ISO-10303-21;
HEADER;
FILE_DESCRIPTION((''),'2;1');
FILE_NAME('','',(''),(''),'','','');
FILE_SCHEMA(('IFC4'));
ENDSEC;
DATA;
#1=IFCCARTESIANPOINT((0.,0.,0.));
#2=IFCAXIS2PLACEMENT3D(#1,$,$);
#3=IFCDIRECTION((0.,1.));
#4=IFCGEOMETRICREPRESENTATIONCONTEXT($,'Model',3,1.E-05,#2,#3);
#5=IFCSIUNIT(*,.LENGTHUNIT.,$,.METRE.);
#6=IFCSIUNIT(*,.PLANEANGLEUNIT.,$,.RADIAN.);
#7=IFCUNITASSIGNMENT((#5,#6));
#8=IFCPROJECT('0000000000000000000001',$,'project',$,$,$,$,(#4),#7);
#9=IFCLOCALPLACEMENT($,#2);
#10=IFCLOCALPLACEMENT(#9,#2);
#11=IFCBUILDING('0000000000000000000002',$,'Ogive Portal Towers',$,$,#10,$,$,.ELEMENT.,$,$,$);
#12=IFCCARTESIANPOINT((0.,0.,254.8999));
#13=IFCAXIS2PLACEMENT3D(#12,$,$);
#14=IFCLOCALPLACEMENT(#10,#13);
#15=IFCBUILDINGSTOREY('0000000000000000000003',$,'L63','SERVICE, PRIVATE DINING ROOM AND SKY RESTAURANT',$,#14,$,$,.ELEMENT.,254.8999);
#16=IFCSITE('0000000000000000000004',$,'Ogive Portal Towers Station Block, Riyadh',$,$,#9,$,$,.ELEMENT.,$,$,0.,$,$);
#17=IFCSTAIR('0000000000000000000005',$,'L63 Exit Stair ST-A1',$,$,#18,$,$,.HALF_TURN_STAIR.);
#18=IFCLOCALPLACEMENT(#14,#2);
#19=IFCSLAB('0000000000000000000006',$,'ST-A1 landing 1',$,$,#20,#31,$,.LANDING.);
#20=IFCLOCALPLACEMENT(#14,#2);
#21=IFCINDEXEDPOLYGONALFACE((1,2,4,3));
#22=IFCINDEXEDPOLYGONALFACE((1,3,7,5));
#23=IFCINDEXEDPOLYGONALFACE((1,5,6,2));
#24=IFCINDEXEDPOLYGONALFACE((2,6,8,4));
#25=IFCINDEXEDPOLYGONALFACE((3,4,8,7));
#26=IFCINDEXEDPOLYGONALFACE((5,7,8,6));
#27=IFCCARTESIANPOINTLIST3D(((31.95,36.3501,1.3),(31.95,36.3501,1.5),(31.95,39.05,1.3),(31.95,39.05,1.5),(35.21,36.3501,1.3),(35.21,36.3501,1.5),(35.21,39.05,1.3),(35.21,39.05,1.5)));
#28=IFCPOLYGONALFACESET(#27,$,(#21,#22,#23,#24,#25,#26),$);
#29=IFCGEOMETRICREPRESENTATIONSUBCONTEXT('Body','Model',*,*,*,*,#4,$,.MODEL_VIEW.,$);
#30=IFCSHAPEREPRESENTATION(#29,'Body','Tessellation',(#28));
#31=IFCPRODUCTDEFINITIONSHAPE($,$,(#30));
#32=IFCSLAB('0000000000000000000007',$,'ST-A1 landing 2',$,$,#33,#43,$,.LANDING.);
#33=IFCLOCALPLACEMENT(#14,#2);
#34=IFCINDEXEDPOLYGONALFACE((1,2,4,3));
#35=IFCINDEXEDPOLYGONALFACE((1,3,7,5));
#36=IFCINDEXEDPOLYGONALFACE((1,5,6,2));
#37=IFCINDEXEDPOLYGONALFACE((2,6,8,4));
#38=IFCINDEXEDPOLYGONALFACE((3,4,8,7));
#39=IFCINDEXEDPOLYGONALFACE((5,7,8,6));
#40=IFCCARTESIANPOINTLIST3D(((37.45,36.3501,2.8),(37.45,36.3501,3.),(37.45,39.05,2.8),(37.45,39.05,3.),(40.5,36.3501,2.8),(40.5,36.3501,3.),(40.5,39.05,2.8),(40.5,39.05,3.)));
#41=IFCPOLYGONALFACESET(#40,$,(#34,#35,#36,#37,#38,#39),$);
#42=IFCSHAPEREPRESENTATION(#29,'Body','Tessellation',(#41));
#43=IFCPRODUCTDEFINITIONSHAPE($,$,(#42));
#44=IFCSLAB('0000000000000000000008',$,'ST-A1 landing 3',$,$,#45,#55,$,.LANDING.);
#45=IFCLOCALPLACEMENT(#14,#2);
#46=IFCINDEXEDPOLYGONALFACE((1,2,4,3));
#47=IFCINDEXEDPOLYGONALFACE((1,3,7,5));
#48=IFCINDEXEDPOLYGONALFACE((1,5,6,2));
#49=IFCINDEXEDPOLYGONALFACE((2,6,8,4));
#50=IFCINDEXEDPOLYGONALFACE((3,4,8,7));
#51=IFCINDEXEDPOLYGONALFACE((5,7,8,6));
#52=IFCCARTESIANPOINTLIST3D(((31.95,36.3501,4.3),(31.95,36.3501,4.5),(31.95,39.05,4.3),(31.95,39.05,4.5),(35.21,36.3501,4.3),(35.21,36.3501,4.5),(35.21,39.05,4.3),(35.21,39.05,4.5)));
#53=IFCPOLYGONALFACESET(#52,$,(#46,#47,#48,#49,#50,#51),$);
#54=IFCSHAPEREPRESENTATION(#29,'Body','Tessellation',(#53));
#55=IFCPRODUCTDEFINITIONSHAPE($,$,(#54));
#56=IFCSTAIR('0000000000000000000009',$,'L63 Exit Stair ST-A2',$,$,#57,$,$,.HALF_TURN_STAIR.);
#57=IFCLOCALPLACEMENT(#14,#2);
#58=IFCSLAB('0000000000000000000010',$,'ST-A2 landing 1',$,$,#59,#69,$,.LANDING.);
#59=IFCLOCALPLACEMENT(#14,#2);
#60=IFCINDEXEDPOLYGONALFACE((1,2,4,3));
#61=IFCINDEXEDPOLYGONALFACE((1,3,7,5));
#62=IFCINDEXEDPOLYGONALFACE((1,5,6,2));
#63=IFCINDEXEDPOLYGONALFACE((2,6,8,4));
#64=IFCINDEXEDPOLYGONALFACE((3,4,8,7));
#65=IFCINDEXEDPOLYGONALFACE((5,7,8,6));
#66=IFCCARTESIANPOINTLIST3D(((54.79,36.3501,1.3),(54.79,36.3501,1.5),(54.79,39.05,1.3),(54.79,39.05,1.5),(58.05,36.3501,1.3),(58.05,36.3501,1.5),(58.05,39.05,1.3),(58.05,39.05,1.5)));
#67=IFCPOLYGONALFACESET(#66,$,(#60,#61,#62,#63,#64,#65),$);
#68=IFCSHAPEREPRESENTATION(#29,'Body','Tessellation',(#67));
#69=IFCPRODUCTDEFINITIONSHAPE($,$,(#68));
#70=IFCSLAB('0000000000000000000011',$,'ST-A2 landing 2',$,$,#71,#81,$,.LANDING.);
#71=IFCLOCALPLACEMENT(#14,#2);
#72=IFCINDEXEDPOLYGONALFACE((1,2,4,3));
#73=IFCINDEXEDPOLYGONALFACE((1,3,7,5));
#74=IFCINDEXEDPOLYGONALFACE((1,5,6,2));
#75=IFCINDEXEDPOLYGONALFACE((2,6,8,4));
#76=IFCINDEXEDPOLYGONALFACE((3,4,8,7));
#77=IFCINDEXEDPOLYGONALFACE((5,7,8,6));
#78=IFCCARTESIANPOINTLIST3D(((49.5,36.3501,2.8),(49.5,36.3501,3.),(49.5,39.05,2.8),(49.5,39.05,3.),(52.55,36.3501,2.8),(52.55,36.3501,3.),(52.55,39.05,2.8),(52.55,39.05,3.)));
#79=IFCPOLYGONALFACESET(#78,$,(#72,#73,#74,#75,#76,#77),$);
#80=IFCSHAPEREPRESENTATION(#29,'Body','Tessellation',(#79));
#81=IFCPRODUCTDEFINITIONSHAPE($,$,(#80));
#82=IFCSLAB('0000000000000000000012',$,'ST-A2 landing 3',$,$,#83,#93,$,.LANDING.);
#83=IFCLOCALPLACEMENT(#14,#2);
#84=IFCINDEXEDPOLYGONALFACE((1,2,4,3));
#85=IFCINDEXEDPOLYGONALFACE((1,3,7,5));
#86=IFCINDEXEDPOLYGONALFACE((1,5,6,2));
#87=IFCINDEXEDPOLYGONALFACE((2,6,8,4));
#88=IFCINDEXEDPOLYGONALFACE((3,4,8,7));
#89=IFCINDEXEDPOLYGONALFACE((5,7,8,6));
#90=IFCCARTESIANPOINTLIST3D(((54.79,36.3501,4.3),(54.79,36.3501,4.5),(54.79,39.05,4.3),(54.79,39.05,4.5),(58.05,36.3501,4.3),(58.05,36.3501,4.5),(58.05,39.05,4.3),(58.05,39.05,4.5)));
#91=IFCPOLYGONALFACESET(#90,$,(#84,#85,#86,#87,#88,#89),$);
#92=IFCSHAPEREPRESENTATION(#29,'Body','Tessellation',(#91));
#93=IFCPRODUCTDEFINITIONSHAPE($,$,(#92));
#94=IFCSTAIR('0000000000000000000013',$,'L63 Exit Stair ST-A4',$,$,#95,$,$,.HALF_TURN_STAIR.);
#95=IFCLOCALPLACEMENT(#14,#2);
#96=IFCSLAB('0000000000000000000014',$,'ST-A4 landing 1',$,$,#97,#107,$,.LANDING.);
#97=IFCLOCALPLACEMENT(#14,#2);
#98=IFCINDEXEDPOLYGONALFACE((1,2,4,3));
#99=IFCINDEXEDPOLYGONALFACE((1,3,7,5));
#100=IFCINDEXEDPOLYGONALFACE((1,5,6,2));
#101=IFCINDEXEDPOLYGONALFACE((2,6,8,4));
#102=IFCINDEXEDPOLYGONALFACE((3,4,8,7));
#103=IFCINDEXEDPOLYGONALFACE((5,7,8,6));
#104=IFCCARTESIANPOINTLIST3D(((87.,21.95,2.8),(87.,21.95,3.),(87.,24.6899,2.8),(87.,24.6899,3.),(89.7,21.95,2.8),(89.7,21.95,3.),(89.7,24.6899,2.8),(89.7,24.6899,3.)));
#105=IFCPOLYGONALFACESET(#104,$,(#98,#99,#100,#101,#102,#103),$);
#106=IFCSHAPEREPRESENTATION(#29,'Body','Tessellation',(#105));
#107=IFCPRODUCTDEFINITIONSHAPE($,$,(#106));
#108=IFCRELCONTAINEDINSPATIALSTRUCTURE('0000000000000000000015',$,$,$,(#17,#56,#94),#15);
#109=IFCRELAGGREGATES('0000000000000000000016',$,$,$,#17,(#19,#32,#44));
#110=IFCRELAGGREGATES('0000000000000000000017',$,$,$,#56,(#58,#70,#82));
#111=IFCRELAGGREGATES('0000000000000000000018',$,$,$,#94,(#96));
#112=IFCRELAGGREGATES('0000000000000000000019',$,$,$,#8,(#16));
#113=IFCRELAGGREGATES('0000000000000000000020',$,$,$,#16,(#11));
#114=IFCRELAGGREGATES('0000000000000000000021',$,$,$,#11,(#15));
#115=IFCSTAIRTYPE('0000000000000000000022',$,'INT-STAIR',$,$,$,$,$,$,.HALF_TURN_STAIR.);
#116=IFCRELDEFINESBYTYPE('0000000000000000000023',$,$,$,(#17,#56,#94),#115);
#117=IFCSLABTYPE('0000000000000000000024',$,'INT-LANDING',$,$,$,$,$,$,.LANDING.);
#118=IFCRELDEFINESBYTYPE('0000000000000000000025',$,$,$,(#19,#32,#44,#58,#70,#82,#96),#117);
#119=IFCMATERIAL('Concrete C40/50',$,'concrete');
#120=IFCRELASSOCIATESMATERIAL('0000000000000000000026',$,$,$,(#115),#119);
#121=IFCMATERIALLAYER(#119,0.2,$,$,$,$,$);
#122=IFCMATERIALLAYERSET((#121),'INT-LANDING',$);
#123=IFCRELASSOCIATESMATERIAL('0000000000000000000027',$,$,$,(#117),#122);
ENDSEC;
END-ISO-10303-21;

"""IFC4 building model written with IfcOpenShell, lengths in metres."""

from ifc_helpers import new_model, si_unit, direction, frame, origin, place, context, subcontext, project, spatial, polyline, outline, extrude, material, layer, layer_set, type_object, element, aggregate, save


model = new_model("IFC4")

# Units and contexts
model_context = context("Model", 3, precision=1e-05, world=origin(), true_north=direction((0.0, 1.0)))
body_context = subcontext(model_context, "Body", "Model", "MODEL_VIEW")
ifc_project = project(units=[si_unit("LENGTHUNIT", "METRE"), si_unit("PLANEANGLEUNIT", "RADIAN")], contexts=[model_context])

# Site, building, storey
site_placement = place(None, origin())
site = spatial("IfcSite", under=ifc_project, at=site_placement, Name="Ogive Portal Towers Station Block, Riyadh", CompositionType="ELEMENT", RefElevation=0.0)
building_placement = place(site_placement, origin())
building = spatial("IfcBuilding", under=site, at=building_placement, Name="Ogive Portal Towers", CompositionType="ELEMENT")
storey_placement = place(building_placement, frame((0.0, 0.0, 254.8999)))
storey = spatial("IfcBuildingStorey", under=building, at=storey_placement, Name="L63", Description="SERVICE, PRIVATE DINING ROOM AND SKY RESTAURANT", CompositionType="ELEMENT", Elevation=254.8999)

# Stairs, slabs
ifc_material_1 = material(Name="Concrete C40/50", Category="concrete")
stair_type = type_object("IfcStairType", Name="INT-STAIR", PredefinedType="HALF_TURN_STAIR", material=ifc_material_1)
stair_1_placement = place(storey_placement, origin())
stair_1 = element("IfcStair", 1, at=stair_1_placement, inside=storey, type_object=stair_type, Name="L63 Exit Stair ST-A1", PredefinedType="HALF_TURN_STAIR")
ifc_layer_1 = layer(ifc_material_1, 0.2)
ifc_layer_set_1 = layer_set([ifc_layer_1], Name="INT-LANDING")
slab_type_1 = type_object("IfcSlabType", Name="INT-LANDING", PredefinedType="LANDING", material=ifc_layer_set_1)
slab_1_placement = place(storey_placement, frame((0.0, 0.0, 1.3)))
slab_1 = element("IfcSlab", 2, at=slab_1_placement, type_object=slab_type_1, Name="ST-A1 landing 1", PredefinedType="LANDING", context=body_context, shape_type="SweptSolid", body=[
    extrude(outline(polyline([(35.21, 39.05), (31.95, 39.05), (31.95, 36.3501), (35.21, 36.3501), (35.21, 39.05)])), origin(), (0.0, 0.0, 1.0), 0.2),
])
slab_2_placement = place(storey_placement, frame((0.0, 0.0, 2.8)))
slab_2 = element("IfcSlab", 3, at=slab_2_placement, type_object=slab_type_1, Name="ST-A1 landing 2", PredefinedType="LANDING", context=body_context, shape_type="SweptSolid", body=[
    extrude(outline(polyline([(40.5, 39.05), (37.45, 39.05), (37.45, 36.3501), (40.5, 36.3501), (40.5, 39.05)])), origin(), (0.0, 0.0, 1.0), 0.2),
])
slab_3_placement = place(storey_placement, frame((0.0, 0.0, 4.3)))
slab_3 = element("IfcSlab", 4, at=slab_3_placement, type_object=slab_type_1, Name="ST-A1 landing 3", PredefinedType="LANDING", context=body_context, shape_type="SweptSolid", body=[
    extrude(outline(polyline([(35.21, 39.05), (31.95, 39.05), (31.95, 36.3501), (35.21, 36.3501), (35.21, 39.05)])), origin(), (0.0, 0.0, 1.0), 0.2),
])
aggregate(stair_1, [slab_1, slab_2, slab_3])
stair_2_placement = place(storey_placement, origin())
stair_2 = element("IfcStair", 5, at=stair_2_placement, inside=storey, type_object=stair_type, Name="L63 Exit Stair ST-A2", PredefinedType="HALF_TURN_STAIR")
slab_4_placement = place(storey_placement, frame((0.0, 0.0, 1.3)))
slab_4 = element("IfcSlab", 6, at=slab_4_placement, type_object=slab_type_1, Name="ST-A2 landing 1", PredefinedType="LANDING", context=body_context, shape_type="SweptSolid", body=[
    extrude(outline(polyline([(54.79, 36.3501), (58.05, 36.3501), (58.05, 39.05), (54.79, 39.05), (54.79, 36.3501)])), origin(), (0.0, 0.0, 1.0), 0.2),
])
slab_5_placement = place(storey_placement, frame((0.0, 0.0, 2.8)))
slab_5 = element("IfcSlab", 7, at=slab_5_placement, type_object=slab_type_1, Name="ST-A2 landing 2", PredefinedType="LANDING", context=body_context, shape_type="SweptSolid", body=[
    extrude(outline(polyline([(49.5, 36.3501), (52.55, 36.3501), (52.55, 39.05), (49.5, 39.05), (49.5, 36.3501)])), origin(), (0.0, 0.0, 1.0), 0.2),
])
slab_6_placement = place(storey_placement, frame((0.0, 0.0, 4.3)))
slab_6 = element("IfcSlab", 8, at=slab_6_placement, type_object=slab_type_1, Name="ST-A2 landing 3", PredefinedType="LANDING", context=body_context, shape_type="SweptSolid", body=[
    extrude(outline(polyline([(54.79, 36.3501), (58.05, 36.3501), (58.05, 39.05), (54.79, 39.05), (54.79, 36.3501)])), origin(), (0.0, 0.0, 1.0), 0.2),
])
aggregate(stair_2, [slab_4, slab_5, slab_6])

# Stair, slab
stair_3_placement = place(storey_placement, origin())
stair_3 = element("IfcStair", 9, at=stair_3_placement, inside=storey, type_object=stair_type, Name="L63 Exit Stair ST-A4", PredefinedType="HALF_TURN_STAIR")
slab_7_placement = place(storey_placement, frame((0.0, 0.0, 2.8)))
slab_7 = element("IfcSlab", 10, at=slab_7_placement, type_object=slab_type_1, Name="ST-A4 landing 1", PredefinedType="LANDING", context=body_context, shape_type="SweptSolid", body=[
    extrude(outline(polyline([(87.0, 24.6899), (87.0, 21.95), (89.7, 21.95), (89.7, 24.6899), (87.0, 24.6899)])), origin(), (0.0, 0.0, 1.0), 0.2),
])
aggregate(stair_3, [slab_7])

save(model, "model.ifc")
